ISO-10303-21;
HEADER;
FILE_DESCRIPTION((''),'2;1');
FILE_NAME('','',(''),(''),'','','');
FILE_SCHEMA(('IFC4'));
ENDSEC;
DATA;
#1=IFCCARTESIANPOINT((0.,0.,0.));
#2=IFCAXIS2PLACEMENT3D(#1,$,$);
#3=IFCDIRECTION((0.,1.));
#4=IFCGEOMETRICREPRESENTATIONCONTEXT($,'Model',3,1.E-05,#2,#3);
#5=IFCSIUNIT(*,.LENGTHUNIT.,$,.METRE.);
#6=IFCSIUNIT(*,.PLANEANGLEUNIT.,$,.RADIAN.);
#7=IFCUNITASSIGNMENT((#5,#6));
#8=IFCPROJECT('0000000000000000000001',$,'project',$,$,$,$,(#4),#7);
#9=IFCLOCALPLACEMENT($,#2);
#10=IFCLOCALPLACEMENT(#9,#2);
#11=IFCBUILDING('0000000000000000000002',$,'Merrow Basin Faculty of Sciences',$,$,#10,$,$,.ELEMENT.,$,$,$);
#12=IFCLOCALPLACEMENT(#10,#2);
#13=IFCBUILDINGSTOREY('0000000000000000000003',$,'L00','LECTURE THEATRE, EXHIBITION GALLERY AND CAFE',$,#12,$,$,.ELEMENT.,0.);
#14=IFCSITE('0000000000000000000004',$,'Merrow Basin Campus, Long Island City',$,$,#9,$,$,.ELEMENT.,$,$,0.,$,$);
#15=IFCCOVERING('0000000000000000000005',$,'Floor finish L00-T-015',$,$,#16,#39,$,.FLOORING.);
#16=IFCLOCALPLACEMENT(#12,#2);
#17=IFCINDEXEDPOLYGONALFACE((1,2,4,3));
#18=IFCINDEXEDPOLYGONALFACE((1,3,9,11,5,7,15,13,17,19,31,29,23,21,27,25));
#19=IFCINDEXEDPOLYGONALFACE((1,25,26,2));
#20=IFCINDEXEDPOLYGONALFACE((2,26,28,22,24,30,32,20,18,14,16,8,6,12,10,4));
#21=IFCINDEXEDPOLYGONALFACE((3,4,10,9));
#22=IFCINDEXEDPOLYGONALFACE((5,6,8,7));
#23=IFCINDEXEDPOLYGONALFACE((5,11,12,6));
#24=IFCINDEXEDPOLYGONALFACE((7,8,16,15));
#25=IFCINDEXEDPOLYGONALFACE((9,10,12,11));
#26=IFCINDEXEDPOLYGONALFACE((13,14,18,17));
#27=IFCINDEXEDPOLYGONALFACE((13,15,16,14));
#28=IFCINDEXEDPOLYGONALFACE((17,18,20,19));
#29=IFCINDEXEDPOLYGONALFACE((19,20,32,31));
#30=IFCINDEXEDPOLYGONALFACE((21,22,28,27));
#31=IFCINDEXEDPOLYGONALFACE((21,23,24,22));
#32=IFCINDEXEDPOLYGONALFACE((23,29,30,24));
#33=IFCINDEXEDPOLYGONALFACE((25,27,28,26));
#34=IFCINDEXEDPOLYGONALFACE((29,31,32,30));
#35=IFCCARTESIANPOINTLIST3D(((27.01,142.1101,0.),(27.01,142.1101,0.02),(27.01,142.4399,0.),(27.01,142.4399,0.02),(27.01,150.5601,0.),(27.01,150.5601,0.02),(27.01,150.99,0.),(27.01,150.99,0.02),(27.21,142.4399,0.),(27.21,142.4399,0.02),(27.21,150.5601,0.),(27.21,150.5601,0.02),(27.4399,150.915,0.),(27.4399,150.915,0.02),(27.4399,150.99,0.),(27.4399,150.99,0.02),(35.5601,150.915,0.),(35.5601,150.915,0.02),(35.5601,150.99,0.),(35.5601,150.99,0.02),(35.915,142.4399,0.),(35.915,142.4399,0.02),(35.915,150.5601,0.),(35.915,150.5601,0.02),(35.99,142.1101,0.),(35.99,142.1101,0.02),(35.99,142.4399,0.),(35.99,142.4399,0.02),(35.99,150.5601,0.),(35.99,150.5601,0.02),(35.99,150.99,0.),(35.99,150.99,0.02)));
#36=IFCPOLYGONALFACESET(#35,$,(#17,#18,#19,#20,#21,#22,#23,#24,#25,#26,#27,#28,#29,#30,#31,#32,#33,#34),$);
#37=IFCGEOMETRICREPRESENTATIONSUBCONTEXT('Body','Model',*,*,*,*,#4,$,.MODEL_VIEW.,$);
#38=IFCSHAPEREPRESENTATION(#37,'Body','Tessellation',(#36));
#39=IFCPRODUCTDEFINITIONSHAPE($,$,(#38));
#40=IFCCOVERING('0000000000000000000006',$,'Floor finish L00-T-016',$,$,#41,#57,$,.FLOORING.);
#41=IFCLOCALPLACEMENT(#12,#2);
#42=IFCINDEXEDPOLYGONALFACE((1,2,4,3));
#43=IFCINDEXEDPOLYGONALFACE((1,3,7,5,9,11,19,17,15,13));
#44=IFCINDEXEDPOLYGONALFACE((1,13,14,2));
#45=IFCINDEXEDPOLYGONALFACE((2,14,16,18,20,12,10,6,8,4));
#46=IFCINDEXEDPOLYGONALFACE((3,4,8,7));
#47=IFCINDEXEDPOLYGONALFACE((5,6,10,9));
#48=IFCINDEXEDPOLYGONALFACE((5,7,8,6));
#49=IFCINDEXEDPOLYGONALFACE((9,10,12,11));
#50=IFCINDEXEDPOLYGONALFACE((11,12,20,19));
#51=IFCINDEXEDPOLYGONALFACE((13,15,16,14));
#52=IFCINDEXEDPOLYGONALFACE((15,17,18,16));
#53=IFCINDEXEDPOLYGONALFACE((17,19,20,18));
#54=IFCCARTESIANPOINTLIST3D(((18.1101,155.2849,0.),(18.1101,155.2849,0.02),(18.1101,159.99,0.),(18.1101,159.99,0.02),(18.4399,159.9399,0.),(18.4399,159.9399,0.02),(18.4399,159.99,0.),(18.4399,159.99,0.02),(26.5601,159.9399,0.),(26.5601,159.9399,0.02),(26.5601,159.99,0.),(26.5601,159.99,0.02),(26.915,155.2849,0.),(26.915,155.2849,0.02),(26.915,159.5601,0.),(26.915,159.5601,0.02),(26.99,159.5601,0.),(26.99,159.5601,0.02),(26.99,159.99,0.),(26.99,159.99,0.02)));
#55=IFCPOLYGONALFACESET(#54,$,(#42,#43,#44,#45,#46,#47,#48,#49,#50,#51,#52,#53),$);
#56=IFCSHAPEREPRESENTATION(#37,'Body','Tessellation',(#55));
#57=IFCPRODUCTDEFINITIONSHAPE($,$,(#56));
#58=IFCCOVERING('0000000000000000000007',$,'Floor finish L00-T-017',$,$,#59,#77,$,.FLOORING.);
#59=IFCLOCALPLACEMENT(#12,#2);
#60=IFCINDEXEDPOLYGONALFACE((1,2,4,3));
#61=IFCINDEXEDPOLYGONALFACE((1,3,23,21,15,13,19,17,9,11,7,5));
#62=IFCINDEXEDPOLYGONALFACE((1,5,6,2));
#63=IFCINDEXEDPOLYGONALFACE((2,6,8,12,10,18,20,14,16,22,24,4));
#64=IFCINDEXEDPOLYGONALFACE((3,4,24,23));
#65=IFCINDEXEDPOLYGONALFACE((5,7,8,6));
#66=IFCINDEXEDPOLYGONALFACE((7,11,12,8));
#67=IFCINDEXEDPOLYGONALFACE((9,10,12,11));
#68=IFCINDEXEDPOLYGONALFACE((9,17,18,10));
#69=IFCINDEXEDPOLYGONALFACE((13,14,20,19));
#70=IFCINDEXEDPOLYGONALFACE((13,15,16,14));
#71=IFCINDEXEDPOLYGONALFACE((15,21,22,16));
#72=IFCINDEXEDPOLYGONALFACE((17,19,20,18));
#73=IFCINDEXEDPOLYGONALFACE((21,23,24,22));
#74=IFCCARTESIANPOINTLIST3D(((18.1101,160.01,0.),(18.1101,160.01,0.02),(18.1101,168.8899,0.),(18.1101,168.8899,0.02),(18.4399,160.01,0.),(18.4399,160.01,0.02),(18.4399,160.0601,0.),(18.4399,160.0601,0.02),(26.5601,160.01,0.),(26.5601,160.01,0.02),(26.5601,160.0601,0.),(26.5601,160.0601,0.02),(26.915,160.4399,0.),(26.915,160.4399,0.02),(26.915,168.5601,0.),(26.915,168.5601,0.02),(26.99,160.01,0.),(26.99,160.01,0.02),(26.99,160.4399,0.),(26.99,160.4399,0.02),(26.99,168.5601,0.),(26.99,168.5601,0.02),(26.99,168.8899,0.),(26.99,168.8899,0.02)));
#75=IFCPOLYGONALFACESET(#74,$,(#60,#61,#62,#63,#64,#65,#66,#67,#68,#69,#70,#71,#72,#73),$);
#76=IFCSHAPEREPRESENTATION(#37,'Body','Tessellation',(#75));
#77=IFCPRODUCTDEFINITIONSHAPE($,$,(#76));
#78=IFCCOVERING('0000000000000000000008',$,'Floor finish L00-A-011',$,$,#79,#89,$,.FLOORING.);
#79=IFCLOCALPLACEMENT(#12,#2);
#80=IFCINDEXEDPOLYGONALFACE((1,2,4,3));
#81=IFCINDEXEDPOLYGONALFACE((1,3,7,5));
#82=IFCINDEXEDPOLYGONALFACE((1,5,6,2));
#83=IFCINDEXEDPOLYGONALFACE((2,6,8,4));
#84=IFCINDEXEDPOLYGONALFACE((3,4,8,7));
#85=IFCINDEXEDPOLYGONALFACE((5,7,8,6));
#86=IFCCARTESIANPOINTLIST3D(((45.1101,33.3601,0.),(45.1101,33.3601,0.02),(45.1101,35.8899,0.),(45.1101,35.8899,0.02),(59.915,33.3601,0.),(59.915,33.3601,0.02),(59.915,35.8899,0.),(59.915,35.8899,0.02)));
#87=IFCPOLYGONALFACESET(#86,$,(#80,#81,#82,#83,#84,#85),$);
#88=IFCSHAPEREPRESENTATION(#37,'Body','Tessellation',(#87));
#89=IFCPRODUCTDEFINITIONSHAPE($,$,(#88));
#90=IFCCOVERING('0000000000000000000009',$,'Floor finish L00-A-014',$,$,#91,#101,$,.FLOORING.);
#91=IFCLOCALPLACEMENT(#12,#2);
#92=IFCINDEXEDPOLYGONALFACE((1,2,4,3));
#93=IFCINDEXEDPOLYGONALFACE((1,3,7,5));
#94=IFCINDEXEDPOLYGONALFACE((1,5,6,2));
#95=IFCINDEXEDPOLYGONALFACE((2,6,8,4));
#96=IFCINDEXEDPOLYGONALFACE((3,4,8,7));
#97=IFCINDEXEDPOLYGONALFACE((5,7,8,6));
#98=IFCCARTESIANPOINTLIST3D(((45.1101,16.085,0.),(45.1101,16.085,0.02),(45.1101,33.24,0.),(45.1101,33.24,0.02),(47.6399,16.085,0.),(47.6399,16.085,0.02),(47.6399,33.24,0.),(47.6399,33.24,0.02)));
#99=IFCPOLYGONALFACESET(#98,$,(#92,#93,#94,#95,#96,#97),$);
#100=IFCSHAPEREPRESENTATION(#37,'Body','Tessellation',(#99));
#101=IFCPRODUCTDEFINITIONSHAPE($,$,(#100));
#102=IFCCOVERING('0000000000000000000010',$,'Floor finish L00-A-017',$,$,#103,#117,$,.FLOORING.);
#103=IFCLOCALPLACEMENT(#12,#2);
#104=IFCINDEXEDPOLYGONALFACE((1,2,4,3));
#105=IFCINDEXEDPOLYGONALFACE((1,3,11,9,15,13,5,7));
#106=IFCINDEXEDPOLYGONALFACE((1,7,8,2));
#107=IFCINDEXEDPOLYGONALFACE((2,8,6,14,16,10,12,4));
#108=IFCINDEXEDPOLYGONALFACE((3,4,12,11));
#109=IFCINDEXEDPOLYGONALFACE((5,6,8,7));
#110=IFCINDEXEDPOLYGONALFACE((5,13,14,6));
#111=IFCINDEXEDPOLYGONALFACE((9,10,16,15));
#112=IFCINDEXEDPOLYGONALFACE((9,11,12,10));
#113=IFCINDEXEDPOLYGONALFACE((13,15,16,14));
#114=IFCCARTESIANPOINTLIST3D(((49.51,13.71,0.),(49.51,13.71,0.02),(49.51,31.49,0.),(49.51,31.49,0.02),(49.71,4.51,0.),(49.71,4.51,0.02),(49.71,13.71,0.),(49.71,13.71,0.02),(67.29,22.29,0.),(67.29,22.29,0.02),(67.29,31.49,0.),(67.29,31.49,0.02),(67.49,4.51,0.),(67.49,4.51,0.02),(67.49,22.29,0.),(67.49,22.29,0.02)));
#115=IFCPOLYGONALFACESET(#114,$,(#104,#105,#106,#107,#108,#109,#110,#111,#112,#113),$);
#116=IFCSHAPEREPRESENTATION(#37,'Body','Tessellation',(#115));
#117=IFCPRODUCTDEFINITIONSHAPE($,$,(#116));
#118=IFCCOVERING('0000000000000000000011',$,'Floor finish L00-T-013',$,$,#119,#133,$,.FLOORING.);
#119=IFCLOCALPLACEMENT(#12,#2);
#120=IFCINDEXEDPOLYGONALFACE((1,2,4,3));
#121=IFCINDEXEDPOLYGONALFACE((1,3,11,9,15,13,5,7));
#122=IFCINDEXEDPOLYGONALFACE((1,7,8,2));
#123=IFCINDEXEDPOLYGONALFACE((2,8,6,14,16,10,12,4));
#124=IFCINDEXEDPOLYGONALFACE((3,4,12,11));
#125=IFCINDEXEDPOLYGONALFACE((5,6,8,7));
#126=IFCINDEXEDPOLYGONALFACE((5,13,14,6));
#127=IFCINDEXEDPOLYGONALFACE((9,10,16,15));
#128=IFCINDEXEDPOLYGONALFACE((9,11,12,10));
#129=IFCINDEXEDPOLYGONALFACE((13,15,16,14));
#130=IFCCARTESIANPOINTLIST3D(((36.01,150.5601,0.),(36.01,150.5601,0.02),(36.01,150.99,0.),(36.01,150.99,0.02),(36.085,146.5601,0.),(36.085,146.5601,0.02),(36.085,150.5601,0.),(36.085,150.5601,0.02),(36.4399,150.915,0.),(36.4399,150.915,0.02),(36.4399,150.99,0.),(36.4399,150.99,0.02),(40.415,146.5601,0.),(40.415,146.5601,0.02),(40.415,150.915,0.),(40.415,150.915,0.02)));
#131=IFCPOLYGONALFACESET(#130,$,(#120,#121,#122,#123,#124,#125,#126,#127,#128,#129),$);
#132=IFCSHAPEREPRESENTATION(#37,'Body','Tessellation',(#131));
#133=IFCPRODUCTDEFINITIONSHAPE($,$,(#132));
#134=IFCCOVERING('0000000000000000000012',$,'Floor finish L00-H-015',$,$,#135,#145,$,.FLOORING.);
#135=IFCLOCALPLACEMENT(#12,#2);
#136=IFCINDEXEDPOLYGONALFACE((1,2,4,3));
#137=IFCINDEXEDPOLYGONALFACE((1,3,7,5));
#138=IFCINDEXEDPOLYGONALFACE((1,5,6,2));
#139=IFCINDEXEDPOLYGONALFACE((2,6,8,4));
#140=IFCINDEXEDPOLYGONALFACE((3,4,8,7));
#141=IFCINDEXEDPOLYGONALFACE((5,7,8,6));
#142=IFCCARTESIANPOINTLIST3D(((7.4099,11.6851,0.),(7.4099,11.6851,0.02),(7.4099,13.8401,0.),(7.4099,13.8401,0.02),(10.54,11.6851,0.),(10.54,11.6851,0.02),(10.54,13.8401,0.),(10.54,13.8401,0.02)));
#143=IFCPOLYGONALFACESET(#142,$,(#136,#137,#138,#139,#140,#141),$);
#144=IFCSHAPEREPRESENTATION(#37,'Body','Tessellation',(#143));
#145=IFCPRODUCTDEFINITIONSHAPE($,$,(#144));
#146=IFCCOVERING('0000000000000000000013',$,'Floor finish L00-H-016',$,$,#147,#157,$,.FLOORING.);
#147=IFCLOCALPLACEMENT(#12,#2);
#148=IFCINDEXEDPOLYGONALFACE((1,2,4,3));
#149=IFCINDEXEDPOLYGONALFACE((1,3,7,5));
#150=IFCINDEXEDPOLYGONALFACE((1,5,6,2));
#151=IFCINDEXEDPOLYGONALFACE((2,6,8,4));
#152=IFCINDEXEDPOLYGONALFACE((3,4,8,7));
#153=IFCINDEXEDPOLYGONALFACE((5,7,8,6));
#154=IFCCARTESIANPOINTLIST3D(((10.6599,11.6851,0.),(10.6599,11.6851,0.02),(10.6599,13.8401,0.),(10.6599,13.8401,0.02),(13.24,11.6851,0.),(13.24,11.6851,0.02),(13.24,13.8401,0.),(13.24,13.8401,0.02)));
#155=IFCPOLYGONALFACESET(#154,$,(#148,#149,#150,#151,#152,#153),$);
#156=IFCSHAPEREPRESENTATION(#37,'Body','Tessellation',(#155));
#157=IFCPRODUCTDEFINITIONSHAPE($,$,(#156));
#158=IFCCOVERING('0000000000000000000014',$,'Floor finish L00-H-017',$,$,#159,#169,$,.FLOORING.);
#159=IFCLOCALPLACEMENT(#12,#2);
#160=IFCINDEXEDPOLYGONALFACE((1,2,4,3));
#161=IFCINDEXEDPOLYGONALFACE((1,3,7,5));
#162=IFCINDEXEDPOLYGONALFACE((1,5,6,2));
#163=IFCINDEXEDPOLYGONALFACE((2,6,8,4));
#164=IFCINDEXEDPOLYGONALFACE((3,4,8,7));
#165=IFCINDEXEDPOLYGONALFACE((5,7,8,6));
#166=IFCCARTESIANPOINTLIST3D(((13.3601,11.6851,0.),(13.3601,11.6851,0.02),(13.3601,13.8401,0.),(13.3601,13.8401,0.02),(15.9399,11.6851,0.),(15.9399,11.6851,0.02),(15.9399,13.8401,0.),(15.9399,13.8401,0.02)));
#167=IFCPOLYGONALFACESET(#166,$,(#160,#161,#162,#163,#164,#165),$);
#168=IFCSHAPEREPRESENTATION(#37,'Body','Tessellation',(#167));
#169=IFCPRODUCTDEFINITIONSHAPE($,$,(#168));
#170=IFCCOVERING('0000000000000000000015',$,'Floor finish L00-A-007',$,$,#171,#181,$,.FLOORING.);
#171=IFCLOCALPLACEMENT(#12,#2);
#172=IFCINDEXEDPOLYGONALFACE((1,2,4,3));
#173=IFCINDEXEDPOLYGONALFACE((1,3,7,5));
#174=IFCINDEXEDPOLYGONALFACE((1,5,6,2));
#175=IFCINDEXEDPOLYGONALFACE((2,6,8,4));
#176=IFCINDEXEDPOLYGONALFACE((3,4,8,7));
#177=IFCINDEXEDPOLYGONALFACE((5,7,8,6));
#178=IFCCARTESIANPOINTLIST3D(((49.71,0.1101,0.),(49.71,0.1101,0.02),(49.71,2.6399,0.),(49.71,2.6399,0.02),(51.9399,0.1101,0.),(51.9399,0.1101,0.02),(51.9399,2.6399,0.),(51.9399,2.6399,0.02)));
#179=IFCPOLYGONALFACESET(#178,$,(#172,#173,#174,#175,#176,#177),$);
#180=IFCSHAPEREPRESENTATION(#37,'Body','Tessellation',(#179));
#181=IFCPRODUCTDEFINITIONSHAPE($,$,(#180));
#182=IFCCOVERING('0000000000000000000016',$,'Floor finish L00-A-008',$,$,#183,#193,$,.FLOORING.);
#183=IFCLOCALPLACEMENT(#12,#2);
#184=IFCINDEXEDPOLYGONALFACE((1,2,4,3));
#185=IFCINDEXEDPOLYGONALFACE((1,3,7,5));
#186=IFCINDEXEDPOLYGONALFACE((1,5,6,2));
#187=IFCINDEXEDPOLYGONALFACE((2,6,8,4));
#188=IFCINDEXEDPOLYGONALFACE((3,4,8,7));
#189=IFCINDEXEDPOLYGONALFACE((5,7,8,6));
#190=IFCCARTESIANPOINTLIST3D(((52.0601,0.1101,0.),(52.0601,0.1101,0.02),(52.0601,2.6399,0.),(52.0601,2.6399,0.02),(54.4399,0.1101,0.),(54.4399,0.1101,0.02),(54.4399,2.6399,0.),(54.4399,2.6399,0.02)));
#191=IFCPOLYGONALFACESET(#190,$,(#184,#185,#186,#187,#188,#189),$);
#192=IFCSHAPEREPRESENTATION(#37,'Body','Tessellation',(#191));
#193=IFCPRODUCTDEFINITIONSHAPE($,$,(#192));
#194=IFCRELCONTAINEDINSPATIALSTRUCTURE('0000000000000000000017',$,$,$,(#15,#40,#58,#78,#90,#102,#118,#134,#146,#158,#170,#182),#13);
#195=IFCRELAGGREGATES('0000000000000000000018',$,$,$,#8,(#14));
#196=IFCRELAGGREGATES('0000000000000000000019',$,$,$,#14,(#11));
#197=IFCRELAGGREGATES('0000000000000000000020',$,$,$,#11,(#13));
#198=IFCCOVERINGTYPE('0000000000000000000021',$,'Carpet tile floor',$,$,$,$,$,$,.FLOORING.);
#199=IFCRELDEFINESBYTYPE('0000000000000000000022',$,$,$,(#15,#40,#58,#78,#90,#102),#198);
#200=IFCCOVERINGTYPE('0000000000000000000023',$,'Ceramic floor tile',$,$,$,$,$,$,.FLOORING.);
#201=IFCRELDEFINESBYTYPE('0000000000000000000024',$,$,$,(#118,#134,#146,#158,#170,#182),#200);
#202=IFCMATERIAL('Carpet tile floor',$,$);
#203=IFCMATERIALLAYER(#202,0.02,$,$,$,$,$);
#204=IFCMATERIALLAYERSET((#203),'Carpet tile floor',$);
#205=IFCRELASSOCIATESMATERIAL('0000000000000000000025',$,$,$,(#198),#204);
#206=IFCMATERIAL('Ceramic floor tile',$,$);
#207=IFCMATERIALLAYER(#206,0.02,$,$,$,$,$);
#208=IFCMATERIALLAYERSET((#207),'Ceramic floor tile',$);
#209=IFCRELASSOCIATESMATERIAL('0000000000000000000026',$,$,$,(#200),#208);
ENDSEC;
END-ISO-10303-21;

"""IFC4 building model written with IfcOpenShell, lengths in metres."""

from ifc_helpers import new_model, si_unit, direction, origin, place, context, subcontext, project, spatial, polyline, outline, extrude, material, layer, layer_set, type_object, element, save


model = new_model("IFC4")

# Units and contexts
model_context = context("Model", 3, precision=1e-05, world=origin(), true_north=direction((0.0, 1.0)))
body_context = subcontext(model_context, "Body", "Model", "MODEL_VIEW")
ifc_project = project(units=[si_unit("LENGTHUNIT", "METRE"), si_unit("PLANEANGLEUNIT", "RADIAN")], contexts=[model_context])

# Site, building, storey
site_placement = place(None, origin())
site = spatial("IfcSite", under=ifc_project, at=site_placement, Name="Merrow Basin Campus, Long Island City", CompositionType="ELEMENT", RefElevation=0.0)
building_placement = place(site_placement, origin())
building = spatial("IfcBuilding", under=site, at=building_placement, Name="Merrow Basin Faculty of Sciences", CompositionType="ELEMENT")
storey_placement = place(building_placement, origin())
storey = spatial("IfcBuildingStorey", under=building, at=storey_placement, Name="L00", Description="LECTURE THEATRE, EXHIBITION GALLERY AND CAFE", CompositionType="ELEMENT", Elevation=0.0)

# Coverings
ifc_material_1 = material(Name="Carpet tile floor")
ifc_layer_1 = layer(ifc_material_1, 0.02)
ifc_layer_set_1 = layer_set([ifc_layer_1], Name="Carpet tile floor")
covering_type_1 = type_object("IfcCoveringType", Name="Carpet tile floor", PredefinedType="FLOORING", material=ifc_layer_set_1)
covering_1_placement = place(storey_placement, origin())
element("IfcCovering", 1, at=covering_1_placement, inside=storey, type_object=covering_type_1, Name="Floor finish L00-T-015", PredefinedType="FLOORING", context=body_context, shape_type="SweptSolid", body=[
    extrude(outline(polyline([(27.4399, 150.99), (27.4399, 150.915), (35.5601, 150.915), (35.5601, 150.99), (35.99, 150.99), (35.99, 150.5601), (35.915, 150.5601), (35.915, 142.4399), (35.99, 142.4399), (35.99, 142.1101), (27.01, 142.1101), (27.01, 142.4399), (27.21, 142.4399), (27.21, 150.5601), (27.01, 150.5601), (27.01, 150.99), (27.4399, 150.99)])), origin(), (0.0, 0.0, 1.0), 0.02),
])
covering_2_placement = place(storey_placement, origin())
element("IfcCovering", 2, at=covering_2_placement, inside=storey, type_object=covering_type_1, Name="Floor finish L00-T-016", PredefinedType="FLOORING", context=body_context, shape_type="SweptSolid", body=[
    extrude(outline(polyline([(26.99, 159.5601), (26.915, 159.5601), (26.915, 155.2849), (18.1101, 155.2849), (18.1101, 159.99), (18.4399, 159.99), (18.4399, 159.9399), (26.5601, 159.9399), (26.5601, 159.99), (26.99, 159.99), (26.99, 159.5601)])), origin(), (0.0, 0.0, 1.0), 0.02),
])
covering_3_placement = place(storey_placement, origin())
element("IfcCovering", 3, at=covering_3_placement, inside=storey, type_object=covering_type_1, Name="Floor finish L00-T-017", PredefinedType="FLOORING", context=body_context, shape_type="SweptSolid", body=[
    extrude(outline(polyline([(26.5601, 160.01), (26.5601, 160.0601), (18.4399, 160.0601), (18.4399, 160.01), (18.1101, 160.01), (18.1101, 168.8899), (26.99, 168.8899), (26.99, 168.5601), (26.915, 168.5601), (26.915, 160.4399), (26.99, 160.4399), (26.99, 160.01), (26.5601, 160.01)])), origin(), (0.0, 0.0, 1.0), 0.02),
])
covering_4_placement = place(storey_placement, origin())
element("IfcCovering", 4, at=covering_4_placement, inside=storey, type_object=covering_type_1, Name="Floor finish L00-A-011", PredefinedType="FLOORING", context=body_context, shape_type="SweptSolid", body=[
    extrude(outline(polyline([(45.1101, 35.8899), (59.915, 35.8899), (59.915, 33.3601), (45.1101, 33.3601), (45.1101, 35.8899)])), origin(), (0.0, 0.0, 1.0), 0.02),
])
covering_5_placement = place(storey_placement, origin())
element("IfcCovering", 5, at=covering_5_placement, inside=storey, type_object=covering_type_1, Name="Floor finish L00-A-014", PredefinedType="FLOORING", context=body_context, shape_type="SweptSolid", body=[
    extrude(outline(polyline([(45.1101, 33.24), (47.6399, 33.24), (47.6399, 16.085), (45.1101, 16.085), (45.1101, 33.24)])), origin(), (0.0, 0.0, 1.0), 0.02),
])
covering_6_placement = place(storey_placement, origin())
element("IfcCovering", 6, at=covering_6_placement, inside=storey, type_object=covering_type_1, Name="Floor finish L00-A-017", PredefinedType="FLOORING", context=body_context, shape_type="SweptSolid", body=[
    extrude(outline(polyline([(49.51, 31.49), (67.29, 31.49), (67.29, 22.29), (67.49, 22.29), (67.49, 4.51), (49.71, 4.51), (49.71, 13.71), (49.51, 13.71), (49.51, 31.49)])), origin(), (0.0, 0.0, 1.0), 0.02),
])
ifc_material_2 = material(Name="Ceramic floor tile")
ifc_layer_2 = layer(ifc_material_2, 0.02)
ifc_layer_set_2 = layer_set([ifc_layer_2], Name="Ceramic floor tile")
covering_type_2 = type_object("IfcCoveringType", Name="Ceramic floor tile", PredefinedType="FLOORING", material=ifc_layer_set_2)
covering_7_placement = place(storey_placement, origin())
element("IfcCovering", 7, at=covering_7_placement, inside=storey, type_object=covering_type_2, Name="Floor finish L00-T-013", PredefinedType="FLOORING", context=body_context, shape_type="SweptSolid", body=[
    extrude(outline(polyline([(36.01, 150.99), (36.4399, 150.99), (36.4399, 150.915), (40.415, 150.915), (40.415, 146.5601), (36.085, 146.5601), (36.085, 150.5601), (36.01, 150.5601), (36.01, 150.99)])), origin(), (0.0, 0.0, 1.0), 0.02),
])
covering_8_placement = place(storey_placement, origin())
element("IfcCovering", 8, at=covering_8_placement, inside=storey, type_object=covering_type_2, Name="Floor finish L00-H-015", PredefinedType="FLOORING", context=body_context, shape_type="SweptSolid", body=[
    extrude(outline(polyline([(10.54, 11.6851), (7.4099, 11.6851), (7.4099, 13.8401), (10.54, 13.8401), (10.54, 11.6851)])), origin(), (0.0, 0.0, 1.0), 0.02),
])
covering_9_placement = place(storey_placement, origin())
element("IfcCovering", 9, at=covering_9_placement, inside=storey, type_object=covering_type_2, Name="Floor finish L00-H-016", PredefinedType="FLOORING", context=body_context, shape_type="SweptSolid", body=[
    extrude(outline(polyline([(10.6599, 11.6851), (10.6599, 13.8401), (13.24, 13.8401), (13.24, 11.6851), (10.6599, 11.6851)])), origin(), (0.0, 0.0, 1.0), 0.02),
])
covering_10_placement = place(storey_placement, origin())
element("IfcCovering", 10, at=covering_10_placement, inside=storey, type_object=covering_type_2, Name="Floor finish L00-H-017", PredefinedType="FLOORING", context=body_context, shape_type="SweptSolid", body=[
    extrude(outline(polyline([(13.3601, 11.6851), (13.3601, 13.8401), (15.9399, 13.8401), (15.9399, 11.6851), (13.3601, 11.6851)])), origin(), (0.0, 0.0, 1.0), 0.02),
])
covering_11_placement = place(storey_placement, origin())
element("IfcCovering", 11, at=covering_11_placement, inside=storey, type_object=covering_type_2, Name="Floor finish L00-A-007", PredefinedType="FLOORING", context=body_context, shape_type="SweptSolid", body=[
    extrude(outline(polyline([(49.71, 0.1101), (49.71, 2.6399), (51.9399, 2.6399), (51.9399, 0.1101), (49.71, 0.1101)])), origin(), (0.0, 0.0, 1.0), 0.02),
])
covering_12_placement = place(storey_placement, origin())
element("IfcCovering", 12, at=covering_12_placement, inside=storey, type_object=covering_type_2, Name="Floor finish L00-A-008", PredefinedType="FLOORING", context=body_context, shape_type="SweptSolid", body=[
    extrude(outline(polyline([(52.0601, 0.1101), (52.0601, 2.6399), (54.4399, 2.6399), (54.4399, 0.1101), (52.0601, 0.1101)])), origin(), (0.0, 0.0, 1.0), 0.02),
])

save(model, "model.ifc")
